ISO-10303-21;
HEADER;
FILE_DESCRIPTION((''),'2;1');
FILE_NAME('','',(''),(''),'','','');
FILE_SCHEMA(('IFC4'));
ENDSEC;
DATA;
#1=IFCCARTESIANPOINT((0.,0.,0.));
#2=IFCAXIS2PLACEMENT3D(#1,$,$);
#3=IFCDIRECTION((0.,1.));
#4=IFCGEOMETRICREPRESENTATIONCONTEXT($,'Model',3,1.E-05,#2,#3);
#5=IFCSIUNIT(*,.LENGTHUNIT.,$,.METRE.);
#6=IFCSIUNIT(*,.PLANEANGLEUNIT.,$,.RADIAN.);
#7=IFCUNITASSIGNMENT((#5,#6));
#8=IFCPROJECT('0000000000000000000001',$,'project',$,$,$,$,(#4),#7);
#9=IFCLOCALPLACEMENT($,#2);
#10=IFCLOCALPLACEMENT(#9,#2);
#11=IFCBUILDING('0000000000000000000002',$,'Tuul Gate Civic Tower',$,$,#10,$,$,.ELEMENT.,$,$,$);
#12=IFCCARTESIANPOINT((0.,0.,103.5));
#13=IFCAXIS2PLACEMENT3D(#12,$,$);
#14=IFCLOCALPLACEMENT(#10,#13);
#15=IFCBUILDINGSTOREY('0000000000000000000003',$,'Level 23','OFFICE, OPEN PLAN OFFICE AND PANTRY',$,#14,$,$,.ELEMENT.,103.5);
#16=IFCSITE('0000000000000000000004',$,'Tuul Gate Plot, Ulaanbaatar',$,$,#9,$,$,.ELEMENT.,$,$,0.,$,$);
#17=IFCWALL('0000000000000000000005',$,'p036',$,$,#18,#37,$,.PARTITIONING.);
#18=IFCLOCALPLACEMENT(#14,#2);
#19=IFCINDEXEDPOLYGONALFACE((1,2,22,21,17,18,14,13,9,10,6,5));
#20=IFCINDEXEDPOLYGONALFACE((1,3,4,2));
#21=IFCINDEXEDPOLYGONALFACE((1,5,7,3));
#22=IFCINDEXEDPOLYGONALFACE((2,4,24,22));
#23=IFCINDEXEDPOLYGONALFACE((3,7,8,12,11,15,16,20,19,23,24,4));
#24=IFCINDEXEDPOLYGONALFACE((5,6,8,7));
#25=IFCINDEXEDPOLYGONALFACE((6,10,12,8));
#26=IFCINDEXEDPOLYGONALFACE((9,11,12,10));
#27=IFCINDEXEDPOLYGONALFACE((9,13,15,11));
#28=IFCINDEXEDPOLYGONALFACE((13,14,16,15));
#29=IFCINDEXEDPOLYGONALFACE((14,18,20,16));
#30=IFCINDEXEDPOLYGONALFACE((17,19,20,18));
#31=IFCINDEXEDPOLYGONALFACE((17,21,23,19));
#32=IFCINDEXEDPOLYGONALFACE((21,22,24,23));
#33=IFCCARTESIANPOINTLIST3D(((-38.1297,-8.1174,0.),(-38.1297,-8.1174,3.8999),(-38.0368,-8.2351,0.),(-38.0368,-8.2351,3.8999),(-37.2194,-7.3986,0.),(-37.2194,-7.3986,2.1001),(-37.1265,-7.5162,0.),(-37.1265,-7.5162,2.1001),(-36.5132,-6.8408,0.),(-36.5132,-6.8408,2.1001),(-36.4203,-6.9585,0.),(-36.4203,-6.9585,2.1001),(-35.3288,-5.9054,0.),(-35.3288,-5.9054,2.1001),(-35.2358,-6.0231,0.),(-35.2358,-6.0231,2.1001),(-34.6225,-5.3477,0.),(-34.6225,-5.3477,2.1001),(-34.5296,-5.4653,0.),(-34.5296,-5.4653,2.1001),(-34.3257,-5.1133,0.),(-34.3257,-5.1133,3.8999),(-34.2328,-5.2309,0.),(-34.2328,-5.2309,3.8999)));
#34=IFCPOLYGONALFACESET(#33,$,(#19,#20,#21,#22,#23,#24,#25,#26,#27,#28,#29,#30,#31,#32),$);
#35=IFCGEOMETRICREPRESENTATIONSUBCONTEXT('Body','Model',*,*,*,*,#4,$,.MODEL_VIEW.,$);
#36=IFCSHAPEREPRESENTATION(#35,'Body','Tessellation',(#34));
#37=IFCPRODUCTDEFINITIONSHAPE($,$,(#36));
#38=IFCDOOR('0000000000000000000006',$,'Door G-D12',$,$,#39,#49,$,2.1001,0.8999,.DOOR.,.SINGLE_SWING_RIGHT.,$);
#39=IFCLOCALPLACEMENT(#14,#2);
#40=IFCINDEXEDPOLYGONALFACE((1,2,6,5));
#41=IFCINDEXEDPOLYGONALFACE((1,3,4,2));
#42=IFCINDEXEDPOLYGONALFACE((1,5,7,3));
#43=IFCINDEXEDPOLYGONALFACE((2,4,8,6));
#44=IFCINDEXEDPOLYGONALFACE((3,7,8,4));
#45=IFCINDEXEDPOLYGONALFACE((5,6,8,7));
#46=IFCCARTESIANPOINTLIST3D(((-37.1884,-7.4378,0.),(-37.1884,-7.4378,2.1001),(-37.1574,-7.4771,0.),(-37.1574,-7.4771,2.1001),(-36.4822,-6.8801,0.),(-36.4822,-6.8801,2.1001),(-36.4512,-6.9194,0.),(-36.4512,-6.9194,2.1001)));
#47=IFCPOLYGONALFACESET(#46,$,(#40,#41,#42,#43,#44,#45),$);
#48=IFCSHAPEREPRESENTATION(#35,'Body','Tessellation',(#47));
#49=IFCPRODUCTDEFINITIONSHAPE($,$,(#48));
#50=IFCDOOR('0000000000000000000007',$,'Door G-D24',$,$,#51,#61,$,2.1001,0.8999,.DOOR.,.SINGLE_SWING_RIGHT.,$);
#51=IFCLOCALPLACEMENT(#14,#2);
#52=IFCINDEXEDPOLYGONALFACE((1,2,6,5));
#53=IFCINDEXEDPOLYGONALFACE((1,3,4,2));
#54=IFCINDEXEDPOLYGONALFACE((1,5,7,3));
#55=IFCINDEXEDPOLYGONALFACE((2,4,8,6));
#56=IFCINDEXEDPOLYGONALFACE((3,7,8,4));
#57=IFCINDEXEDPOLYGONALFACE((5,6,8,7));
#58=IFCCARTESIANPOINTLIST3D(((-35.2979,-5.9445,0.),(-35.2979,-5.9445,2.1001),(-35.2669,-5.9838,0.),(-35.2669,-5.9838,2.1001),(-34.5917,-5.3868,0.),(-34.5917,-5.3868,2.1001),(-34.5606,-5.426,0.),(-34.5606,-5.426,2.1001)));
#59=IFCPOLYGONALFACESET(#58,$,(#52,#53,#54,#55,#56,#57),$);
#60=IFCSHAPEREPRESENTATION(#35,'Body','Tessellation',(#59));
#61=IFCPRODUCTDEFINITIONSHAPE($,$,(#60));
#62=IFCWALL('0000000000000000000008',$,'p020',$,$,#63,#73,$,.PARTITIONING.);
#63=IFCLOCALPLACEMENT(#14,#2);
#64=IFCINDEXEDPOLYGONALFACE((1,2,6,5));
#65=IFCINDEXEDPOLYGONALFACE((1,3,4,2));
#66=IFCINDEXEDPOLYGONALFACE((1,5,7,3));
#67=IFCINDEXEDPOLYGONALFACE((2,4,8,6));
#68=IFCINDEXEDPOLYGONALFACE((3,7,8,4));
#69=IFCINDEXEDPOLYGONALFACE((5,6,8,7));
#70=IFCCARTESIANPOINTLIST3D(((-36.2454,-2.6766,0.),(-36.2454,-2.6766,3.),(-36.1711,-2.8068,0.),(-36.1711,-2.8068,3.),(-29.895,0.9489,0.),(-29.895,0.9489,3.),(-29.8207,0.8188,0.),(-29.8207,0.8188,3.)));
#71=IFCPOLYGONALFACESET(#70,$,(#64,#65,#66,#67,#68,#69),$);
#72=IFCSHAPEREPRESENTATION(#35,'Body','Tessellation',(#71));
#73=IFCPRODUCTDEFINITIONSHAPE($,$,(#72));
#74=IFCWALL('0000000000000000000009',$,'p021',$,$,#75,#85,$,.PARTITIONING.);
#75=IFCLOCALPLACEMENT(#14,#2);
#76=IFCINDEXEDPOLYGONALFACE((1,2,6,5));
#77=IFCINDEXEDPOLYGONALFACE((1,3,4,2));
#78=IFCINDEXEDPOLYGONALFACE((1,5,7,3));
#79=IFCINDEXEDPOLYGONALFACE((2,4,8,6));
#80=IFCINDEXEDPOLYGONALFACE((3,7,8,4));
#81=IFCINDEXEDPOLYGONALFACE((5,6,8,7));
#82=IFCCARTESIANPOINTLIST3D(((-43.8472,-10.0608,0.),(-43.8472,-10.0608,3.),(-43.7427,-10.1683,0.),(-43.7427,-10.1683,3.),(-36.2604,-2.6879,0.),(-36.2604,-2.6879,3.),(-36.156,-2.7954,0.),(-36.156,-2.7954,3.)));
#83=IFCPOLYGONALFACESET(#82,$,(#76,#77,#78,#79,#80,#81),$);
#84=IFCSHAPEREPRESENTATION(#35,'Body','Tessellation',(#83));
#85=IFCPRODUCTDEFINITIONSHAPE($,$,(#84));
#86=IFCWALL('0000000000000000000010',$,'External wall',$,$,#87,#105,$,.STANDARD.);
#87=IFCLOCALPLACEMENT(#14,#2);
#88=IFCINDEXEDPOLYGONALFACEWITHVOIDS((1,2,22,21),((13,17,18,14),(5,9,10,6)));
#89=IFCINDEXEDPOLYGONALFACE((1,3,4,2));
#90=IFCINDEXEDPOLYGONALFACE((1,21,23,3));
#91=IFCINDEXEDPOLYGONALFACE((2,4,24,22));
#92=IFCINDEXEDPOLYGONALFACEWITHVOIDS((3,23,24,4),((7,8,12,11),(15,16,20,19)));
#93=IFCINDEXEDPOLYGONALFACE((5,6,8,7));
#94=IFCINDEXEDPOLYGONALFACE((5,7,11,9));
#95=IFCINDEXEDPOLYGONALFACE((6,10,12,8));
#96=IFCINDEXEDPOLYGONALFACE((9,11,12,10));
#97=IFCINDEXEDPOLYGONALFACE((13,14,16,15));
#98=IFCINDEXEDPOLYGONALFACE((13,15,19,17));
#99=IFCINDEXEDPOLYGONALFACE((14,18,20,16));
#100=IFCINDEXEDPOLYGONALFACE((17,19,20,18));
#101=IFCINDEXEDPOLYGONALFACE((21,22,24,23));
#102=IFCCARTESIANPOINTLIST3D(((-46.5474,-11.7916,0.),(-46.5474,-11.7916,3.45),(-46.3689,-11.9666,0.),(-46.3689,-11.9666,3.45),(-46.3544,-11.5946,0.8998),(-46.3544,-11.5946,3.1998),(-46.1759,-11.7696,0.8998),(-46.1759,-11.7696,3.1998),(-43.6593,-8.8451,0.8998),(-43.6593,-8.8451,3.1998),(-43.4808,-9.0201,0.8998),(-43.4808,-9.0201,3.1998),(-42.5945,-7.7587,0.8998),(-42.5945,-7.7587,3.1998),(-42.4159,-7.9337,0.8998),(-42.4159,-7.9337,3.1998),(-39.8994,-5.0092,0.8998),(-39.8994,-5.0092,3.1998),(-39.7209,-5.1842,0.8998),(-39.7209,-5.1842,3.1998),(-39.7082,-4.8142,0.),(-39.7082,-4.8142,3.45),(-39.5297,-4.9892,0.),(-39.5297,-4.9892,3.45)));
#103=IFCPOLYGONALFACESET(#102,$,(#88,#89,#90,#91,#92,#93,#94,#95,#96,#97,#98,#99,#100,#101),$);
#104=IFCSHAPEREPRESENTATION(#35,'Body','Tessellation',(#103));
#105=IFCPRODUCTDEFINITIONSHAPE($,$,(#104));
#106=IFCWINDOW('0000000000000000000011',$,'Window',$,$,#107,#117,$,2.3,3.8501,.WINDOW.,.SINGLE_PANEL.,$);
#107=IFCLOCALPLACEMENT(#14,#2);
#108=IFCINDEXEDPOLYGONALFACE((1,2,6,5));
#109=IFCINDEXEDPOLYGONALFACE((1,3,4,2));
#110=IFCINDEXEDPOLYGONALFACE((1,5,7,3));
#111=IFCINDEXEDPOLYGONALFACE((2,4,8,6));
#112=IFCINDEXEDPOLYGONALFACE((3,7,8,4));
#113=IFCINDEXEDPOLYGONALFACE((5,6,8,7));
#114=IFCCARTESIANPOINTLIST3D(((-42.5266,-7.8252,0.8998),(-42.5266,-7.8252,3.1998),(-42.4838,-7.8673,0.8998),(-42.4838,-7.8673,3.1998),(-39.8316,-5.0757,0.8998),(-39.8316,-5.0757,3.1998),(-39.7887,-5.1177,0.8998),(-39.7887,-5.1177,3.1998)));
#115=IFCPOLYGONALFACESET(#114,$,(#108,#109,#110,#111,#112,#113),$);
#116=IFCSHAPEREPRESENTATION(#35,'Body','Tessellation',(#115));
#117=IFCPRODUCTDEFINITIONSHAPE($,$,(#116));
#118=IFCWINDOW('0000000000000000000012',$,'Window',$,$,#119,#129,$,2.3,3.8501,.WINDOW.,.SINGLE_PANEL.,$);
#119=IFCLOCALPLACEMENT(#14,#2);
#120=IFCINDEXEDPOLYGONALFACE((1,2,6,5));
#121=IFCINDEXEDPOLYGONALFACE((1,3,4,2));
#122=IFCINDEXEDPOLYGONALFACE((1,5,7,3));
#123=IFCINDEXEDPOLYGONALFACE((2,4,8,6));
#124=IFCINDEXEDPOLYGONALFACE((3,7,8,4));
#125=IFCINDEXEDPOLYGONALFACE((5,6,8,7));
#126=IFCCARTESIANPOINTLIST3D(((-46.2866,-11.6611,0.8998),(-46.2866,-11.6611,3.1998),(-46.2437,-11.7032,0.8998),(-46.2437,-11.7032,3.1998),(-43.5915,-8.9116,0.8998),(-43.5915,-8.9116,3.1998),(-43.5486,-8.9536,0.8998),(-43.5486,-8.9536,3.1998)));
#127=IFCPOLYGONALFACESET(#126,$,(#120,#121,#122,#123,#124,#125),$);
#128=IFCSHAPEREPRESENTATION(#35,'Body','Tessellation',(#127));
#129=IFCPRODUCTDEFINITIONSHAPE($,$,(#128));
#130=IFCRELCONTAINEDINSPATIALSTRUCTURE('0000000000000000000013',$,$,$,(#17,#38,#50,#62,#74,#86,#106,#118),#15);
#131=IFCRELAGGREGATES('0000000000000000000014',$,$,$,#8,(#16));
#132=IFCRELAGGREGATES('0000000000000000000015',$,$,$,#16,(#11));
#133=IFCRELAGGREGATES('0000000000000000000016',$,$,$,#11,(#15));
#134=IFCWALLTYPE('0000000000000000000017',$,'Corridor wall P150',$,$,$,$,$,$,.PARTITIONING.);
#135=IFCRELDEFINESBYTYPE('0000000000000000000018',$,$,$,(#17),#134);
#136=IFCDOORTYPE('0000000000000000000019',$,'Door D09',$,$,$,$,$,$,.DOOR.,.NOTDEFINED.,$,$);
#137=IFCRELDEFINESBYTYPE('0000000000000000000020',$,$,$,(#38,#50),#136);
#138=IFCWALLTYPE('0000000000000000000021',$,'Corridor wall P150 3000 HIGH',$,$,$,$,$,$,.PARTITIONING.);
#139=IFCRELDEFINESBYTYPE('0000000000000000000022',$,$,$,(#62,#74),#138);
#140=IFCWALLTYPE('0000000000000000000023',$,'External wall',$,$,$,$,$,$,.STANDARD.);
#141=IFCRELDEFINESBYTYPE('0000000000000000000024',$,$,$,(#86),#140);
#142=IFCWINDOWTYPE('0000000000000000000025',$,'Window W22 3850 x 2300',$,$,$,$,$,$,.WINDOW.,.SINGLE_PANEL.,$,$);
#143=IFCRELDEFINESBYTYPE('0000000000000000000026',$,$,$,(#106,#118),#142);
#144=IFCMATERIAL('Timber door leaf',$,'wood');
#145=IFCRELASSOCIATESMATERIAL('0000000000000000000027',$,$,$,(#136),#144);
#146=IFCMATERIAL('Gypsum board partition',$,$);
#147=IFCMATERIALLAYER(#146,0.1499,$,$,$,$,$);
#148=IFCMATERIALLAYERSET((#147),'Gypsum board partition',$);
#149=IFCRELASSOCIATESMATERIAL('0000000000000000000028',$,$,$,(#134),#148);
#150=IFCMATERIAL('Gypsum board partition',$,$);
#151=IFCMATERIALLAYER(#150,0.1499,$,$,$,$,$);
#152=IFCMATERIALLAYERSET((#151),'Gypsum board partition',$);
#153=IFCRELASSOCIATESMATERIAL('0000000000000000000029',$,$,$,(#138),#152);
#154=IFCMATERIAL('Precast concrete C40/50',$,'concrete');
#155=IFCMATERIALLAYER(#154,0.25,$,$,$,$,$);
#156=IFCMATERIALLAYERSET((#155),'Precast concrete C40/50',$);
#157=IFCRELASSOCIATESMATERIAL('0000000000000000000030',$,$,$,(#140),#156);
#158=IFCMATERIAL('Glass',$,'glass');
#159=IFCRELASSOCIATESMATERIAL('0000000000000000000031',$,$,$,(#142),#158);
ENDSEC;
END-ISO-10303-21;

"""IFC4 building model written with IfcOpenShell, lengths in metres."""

from ifc_helpers import new_model, si_unit, direction, frame, frame_2d, origin, place, context, subcontext, project, spatial, rectangle, extrude, material, layer, layer_set, type_object, element, fill, save


model = new_model("IFC4")

# Units and contexts
model_context = context("Model", 3, precision=1e-05, world=origin(), true_north=direction((0.0, 1.0)))
body_context = subcontext(model_context, "Body", "Model", "MODEL_VIEW")
ifc_project = project(units=[si_unit("LENGTHUNIT", "METRE"), si_unit("PLANEANGLEUNIT", "RADIAN")], contexts=[model_context])

# Site, building, storey
site_placement = place(None, origin())
site = spatial("IfcSite", under=ifc_project, at=site_placement, Name="Tuul Gate Plot, Ulaanbaatar", CompositionType="ELEMENT", RefElevation=0.0)
building_placement = place(site_placement, origin())
building = spatial("IfcBuilding", under=site, at=building_placement, Name="Tuul Gate Civic Tower", CompositionType="ELEMENT")
storey_placement = place(building_placement, frame((0.0, 0.0, 103.5)))
storey = spatial("IfcBuildingStorey", under=building, at=storey_placement, Name="Level 23", Description="OFFICE, OPEN PLAN OFFICE AND PANTRY", CompositionType="ELEMENT", Elevation=103.5)

# Shared definitions
ifc_material_1 = material(Name="Timber door leaf", Category="wood")
door_type = type_object("IfcDoorType", Name="Door D09", OperationType="NOTDEFINED", PredefinedType="DOOR", material=ifc_material_1)

# Shared definitions
ifc_material_2 = material(Name="Gypsum board partition")
ifc_layer_1 = layer(ifc_material_2, 0.1499)
ifc_layer_set_1 = layer_set([ifc_layer_1], Name="Gypsum board partition")
wall_type_1 = type_object("IfcWallType", Name="Corridor wall P150", PredefinedType="PARTITIONING", material=ifc_layer_set_1)

# Wall, openings, doors
wall_1_placement = place(storey_placement, frame((-38.0833, -8.1763, 0.0), z_axis=(0.0, 0.0, 1.0), x_axis=(0.78478, 0.619775, 0.0)))
wall_1 = element("IfcWall", 1, at=wall_1_placement, inside=storey, type_object=wall_type_1, Name="p036", PredefinedType="PARTITIONING", context=body_context, shape_type="SweptSolid", body=[
    extrude(rectangle(XDim=4.8472, YDim=0.1499, at=frame_2d((2.4236, 0.0))), origin(), (0.0, 0.0, 1.0), 3.8999),
])
opening_1_placement = place(wall_1_placement, frame((1.1599, 0.0, 0.0)))
opening_1 = element("IfcOpeningElement", 2, at=opening_1_placement, cuts=wall_1, PredefinedType="OPENING", context=body_context, shape_type="SweptSolid", body=[
    extrude(rectangle(XDim=0.8999, YDim=2.1001, at=frame_2d((0.45, 1.05))), frame((0.0, 0.085, 0.0), z_axis=(0.0, -1.0, 0.0), x_axis=(1.0, 0.0, 0.0)), (0.0, 0.0, 1.0), 0.1699),
])
opening_2_placement = place(wall_1_placement, frame((3.5691, 0.0, 0.0)))
opening_2 = element("IfcOpeningElement", 3, at=opening_2_placement, cuts=wall_1, PredefinedType="OPENING", context=body_context, shape_type="SweptSolid", body=[
    extrude(rectangle(XDim=0.8999, YDim=2.1001, at=frame_2d((0.45, 1.05))), frame((0.0, 0.085, 0.0), z_axis=(0.0, -1.0, 0.0), x_axis=(1.0, 0.0, 0.0)), (0.0, 0.0, 1.0), 0.1699),
])
door_1_placement = place(opening_1_placement, origin())
door_1 = element("IfcDoor", 4, at=door_1_placement, inside=storey, type_object=door_type, Name="Door G-D12", OperationType="SINGLE_SWING_RIGHT", OverallHeight=2.1001, OverallWidth=0.8999, PredefinedType="DOOR", context=body_context, shape_type="SweptSolid", body=[
    extrude(rectangle(XDim=0.8999, YDim=2.1001, at=frame_2d((0.45, 1.05))), frame((0.0, 0.0249, 0.0), z_axis=(0.0, -1.0, 0.0), x_axis=(1.0, 0.0, 0.0)), (0.0, 0.0, 1.0), 0.05),
])
fill(opening_1, door_1)
door_2_placement = place(opening_2_placement, frame((0.8999, 0.0, 0.0), z_axis=(0.0, 0.0, 1.0), x_axis=(-1.0, 0.0, 0.0)))
door_2 = element("IfcDoor", 5, at=door_2_placement, inside=storey, type_object=door_type, Name="Door G-D24", OperationType="SINGLE_SWING_RIGHT", OverallHeight=2.1001, OverallWidth=0.8999, PredefinedType="DOOR", context=body_context, shape_type="SweptSolid", body=[
    extrude(rectangle(XDim=0.8999, YDim=2.1001, at=frame_2d((0.45, 1.05))), frame((0.0, 0.0249, 0.0), z_axis=(0.0, -1.0, 0.0), x_axis=(1.0, 0.0, 0.0)), (0.0, 0.0, 1.0), 0.05),
])
fill(opening_2, door_2)

# Walls
ifc_material_3 = material(Name="Gypsum board partition")
ifc_layer_2 = layer(ifc_material_3, 0.1499)
ifc_layer_set_2 = layer_set([ifc_layer_2], Name="Gypsum board partition")
wall_type_2 = type_object("IfcWallType", Name="Corridor wall P150 3000 HIGH", PredefinedType="PARTITIONING", material=ifc_layer_set_2)
wall_2_placement = place(storey_placement, frame((-36.2083, -2.7417, 0.0), z_axis=(0.0, 0.0, 1.0), x_axis=(0.868436, 0.495801, 0.0)))
element("IfcWall", 6, at=wall_2_placement, inside=storey, type_object=wall_type_2, Name="p020", PredefinedType="PARTITIONING", context=body_context, shape_type="SweptSolid", body=[
    extrude(rectangle(XDim=7.3125, YDim=0.1499, at=frame_2d((3.6562, 0.0))), origin(), (0.0, 0.0, 1.0), 3.0),
])
wall_3_placement = place(storey_placement, frame((-43.7949, -10.1145, 0.0), z_axis=(0.0, 0.0, 1.0), x_axis=(0.717143, 0.696926, 0.0)))
element("IfcWall", 7, at=wall_3_placement, inside=storey, type_object=wall_type_2, Name="p021", PredefinedType="PARTITIONING", context=body_context, shape_type="SweptSolid", body=[
    extrude(rectangle(XDim=10.5791, YDim=0.1499, at=frame_2d((5.2896, 0.0))), origin(), (0.0, 0.0, 1.0), 3.0),
])

# Wall, openings, windows
ifc_material_4 = material(Name="Precast concrete C40/50", Category="concrete")
ifc_layer_3 = layer(ifc_material_4, 0.25)
ifc_layer_set_3 = layer_set([ifc_layer_3], Name="Precast concrete C40/50")
wall_type_3 = type_object("IfcWallType", Name="External wall", PredefinedType="STANDARD", material=ifc_layer_set_3)
wall_4_placement = place(storey_placement, frame((-39.6189, -4.9016, 0.0), z_axis=(0.0, 0.0, 1.0), x_axis=(-0.7, -0.714143, 0.0)))
wall_4 = element("IfcWall", 8, at=wall_4_placement, inside=storey, type_object=wall_type_3, Name="External wall", PredefinedType="STANDARD", context=body_context, shape_type="SweptSolid", body=[
    extrude(rectangle(XDim=9.7703, YDim=0.25, at=frame_2d((4.8853, 0.0))), origin(), (0.0, 0.0, 1.0), 3.45),
])
opening_3_placement = place(wall_4_placement, frame((0.2732, 0.0, 0.8999)))
opening_3 = element("IfcOpeningElement", 9, at=opening_3_placement, cuts=wall_4, PredefinedType="OPENING", context=body_context, shape_type="SweptSolid", body=[
    extrude(rectangle(XDim=3.8501, YDim=2.3, at=frame_2d((1.925, 1.1499))), frame((0.0, 0.135, 0.0), z_axis=(0.0, -1.0, 0.0), x_axis=(1.0, 0.0, 0.0)), (0.0, 0.0, 1.0), 0.27),
])
opening_4_placement = place(wall_4_placement, frame((5.6445, 0.0, 0.8999)))
opening_4 = element("IfcOpeningElement", 10, at=opening_4_placement, cuts=wall_4, PredefinedType="OPENING", context=body_context, shape_type="SweptSolid", body=[
    extrude(rectangle(XDim=3.8501, YDim=2.3, at=frame_2d((1.925, 1.1499))), frame((0.0, 0.135, 0.0), z_axis=(0.0, -1.0, 0.0), x_axis=(1.0, 0.0, 0.0)), (0.0, 0.0, 1.0), 0.27),
])
ifc_material_5 = material(Name="Glass", Category="glass")
window_type_1 = type_object("IfcWindowType", Name="Window W22 3850 x 2300", PartitioningType="SINGLE_PANEL", PredefinedType="WINDOW", material=ifc_material_5)
window_1_placement = place(opening_3_placement, origin())
window_1 = element("IfcWindow", 11, at=window_1_placement, inside=storey, type_object=window_type_1, Name="Window", OverallHeight=2.3, OverallWidth=3.8501, PartitioningType="SINGLE_PANEL", PredefinedType="WINDOW", context=body_context, shape_type="SweptSolid", body=[
    extrude(rectangle(XDim=3.8501, YDim=2.3, at=frame_2d((1.925, 1.1499))), frame((0.0, 0.03, 0.0), z_axis=(0.0, -1.0, 0.0), x_axis=(1.0, 0.0, 0.0)), (0.0, 0.0, 1.0), 0.0601),
])
fill(opening_3, window_1)
window_2_placement = place(opening_4_placement, origin())
window_2 = element("IfcWindow", 12, at=window_2_placement, inside=storey, type_object=window_type_1, Name="Window", OverallHeight=2.3, OverallWidth=3.8501, PartitioningType="SINGLE_PANEL", PredefinedType="WINDOW", context=body_context, shape_type="SweptSolid", body=[
    extrude(rectangle(XDim=3.8501, YDim=2.3, at=frame_2d((1.925, 1.1499))), frame((0.0, 0.03, 0.0), z_axis=(0.0, -1.0, 0.0), x_axis=(1.0, 0.0, 0.0)), (0.0, 0.0, 1.0), 0.0601),
])
fill(opening_4, window_2)

save(model, "model.ifc")
